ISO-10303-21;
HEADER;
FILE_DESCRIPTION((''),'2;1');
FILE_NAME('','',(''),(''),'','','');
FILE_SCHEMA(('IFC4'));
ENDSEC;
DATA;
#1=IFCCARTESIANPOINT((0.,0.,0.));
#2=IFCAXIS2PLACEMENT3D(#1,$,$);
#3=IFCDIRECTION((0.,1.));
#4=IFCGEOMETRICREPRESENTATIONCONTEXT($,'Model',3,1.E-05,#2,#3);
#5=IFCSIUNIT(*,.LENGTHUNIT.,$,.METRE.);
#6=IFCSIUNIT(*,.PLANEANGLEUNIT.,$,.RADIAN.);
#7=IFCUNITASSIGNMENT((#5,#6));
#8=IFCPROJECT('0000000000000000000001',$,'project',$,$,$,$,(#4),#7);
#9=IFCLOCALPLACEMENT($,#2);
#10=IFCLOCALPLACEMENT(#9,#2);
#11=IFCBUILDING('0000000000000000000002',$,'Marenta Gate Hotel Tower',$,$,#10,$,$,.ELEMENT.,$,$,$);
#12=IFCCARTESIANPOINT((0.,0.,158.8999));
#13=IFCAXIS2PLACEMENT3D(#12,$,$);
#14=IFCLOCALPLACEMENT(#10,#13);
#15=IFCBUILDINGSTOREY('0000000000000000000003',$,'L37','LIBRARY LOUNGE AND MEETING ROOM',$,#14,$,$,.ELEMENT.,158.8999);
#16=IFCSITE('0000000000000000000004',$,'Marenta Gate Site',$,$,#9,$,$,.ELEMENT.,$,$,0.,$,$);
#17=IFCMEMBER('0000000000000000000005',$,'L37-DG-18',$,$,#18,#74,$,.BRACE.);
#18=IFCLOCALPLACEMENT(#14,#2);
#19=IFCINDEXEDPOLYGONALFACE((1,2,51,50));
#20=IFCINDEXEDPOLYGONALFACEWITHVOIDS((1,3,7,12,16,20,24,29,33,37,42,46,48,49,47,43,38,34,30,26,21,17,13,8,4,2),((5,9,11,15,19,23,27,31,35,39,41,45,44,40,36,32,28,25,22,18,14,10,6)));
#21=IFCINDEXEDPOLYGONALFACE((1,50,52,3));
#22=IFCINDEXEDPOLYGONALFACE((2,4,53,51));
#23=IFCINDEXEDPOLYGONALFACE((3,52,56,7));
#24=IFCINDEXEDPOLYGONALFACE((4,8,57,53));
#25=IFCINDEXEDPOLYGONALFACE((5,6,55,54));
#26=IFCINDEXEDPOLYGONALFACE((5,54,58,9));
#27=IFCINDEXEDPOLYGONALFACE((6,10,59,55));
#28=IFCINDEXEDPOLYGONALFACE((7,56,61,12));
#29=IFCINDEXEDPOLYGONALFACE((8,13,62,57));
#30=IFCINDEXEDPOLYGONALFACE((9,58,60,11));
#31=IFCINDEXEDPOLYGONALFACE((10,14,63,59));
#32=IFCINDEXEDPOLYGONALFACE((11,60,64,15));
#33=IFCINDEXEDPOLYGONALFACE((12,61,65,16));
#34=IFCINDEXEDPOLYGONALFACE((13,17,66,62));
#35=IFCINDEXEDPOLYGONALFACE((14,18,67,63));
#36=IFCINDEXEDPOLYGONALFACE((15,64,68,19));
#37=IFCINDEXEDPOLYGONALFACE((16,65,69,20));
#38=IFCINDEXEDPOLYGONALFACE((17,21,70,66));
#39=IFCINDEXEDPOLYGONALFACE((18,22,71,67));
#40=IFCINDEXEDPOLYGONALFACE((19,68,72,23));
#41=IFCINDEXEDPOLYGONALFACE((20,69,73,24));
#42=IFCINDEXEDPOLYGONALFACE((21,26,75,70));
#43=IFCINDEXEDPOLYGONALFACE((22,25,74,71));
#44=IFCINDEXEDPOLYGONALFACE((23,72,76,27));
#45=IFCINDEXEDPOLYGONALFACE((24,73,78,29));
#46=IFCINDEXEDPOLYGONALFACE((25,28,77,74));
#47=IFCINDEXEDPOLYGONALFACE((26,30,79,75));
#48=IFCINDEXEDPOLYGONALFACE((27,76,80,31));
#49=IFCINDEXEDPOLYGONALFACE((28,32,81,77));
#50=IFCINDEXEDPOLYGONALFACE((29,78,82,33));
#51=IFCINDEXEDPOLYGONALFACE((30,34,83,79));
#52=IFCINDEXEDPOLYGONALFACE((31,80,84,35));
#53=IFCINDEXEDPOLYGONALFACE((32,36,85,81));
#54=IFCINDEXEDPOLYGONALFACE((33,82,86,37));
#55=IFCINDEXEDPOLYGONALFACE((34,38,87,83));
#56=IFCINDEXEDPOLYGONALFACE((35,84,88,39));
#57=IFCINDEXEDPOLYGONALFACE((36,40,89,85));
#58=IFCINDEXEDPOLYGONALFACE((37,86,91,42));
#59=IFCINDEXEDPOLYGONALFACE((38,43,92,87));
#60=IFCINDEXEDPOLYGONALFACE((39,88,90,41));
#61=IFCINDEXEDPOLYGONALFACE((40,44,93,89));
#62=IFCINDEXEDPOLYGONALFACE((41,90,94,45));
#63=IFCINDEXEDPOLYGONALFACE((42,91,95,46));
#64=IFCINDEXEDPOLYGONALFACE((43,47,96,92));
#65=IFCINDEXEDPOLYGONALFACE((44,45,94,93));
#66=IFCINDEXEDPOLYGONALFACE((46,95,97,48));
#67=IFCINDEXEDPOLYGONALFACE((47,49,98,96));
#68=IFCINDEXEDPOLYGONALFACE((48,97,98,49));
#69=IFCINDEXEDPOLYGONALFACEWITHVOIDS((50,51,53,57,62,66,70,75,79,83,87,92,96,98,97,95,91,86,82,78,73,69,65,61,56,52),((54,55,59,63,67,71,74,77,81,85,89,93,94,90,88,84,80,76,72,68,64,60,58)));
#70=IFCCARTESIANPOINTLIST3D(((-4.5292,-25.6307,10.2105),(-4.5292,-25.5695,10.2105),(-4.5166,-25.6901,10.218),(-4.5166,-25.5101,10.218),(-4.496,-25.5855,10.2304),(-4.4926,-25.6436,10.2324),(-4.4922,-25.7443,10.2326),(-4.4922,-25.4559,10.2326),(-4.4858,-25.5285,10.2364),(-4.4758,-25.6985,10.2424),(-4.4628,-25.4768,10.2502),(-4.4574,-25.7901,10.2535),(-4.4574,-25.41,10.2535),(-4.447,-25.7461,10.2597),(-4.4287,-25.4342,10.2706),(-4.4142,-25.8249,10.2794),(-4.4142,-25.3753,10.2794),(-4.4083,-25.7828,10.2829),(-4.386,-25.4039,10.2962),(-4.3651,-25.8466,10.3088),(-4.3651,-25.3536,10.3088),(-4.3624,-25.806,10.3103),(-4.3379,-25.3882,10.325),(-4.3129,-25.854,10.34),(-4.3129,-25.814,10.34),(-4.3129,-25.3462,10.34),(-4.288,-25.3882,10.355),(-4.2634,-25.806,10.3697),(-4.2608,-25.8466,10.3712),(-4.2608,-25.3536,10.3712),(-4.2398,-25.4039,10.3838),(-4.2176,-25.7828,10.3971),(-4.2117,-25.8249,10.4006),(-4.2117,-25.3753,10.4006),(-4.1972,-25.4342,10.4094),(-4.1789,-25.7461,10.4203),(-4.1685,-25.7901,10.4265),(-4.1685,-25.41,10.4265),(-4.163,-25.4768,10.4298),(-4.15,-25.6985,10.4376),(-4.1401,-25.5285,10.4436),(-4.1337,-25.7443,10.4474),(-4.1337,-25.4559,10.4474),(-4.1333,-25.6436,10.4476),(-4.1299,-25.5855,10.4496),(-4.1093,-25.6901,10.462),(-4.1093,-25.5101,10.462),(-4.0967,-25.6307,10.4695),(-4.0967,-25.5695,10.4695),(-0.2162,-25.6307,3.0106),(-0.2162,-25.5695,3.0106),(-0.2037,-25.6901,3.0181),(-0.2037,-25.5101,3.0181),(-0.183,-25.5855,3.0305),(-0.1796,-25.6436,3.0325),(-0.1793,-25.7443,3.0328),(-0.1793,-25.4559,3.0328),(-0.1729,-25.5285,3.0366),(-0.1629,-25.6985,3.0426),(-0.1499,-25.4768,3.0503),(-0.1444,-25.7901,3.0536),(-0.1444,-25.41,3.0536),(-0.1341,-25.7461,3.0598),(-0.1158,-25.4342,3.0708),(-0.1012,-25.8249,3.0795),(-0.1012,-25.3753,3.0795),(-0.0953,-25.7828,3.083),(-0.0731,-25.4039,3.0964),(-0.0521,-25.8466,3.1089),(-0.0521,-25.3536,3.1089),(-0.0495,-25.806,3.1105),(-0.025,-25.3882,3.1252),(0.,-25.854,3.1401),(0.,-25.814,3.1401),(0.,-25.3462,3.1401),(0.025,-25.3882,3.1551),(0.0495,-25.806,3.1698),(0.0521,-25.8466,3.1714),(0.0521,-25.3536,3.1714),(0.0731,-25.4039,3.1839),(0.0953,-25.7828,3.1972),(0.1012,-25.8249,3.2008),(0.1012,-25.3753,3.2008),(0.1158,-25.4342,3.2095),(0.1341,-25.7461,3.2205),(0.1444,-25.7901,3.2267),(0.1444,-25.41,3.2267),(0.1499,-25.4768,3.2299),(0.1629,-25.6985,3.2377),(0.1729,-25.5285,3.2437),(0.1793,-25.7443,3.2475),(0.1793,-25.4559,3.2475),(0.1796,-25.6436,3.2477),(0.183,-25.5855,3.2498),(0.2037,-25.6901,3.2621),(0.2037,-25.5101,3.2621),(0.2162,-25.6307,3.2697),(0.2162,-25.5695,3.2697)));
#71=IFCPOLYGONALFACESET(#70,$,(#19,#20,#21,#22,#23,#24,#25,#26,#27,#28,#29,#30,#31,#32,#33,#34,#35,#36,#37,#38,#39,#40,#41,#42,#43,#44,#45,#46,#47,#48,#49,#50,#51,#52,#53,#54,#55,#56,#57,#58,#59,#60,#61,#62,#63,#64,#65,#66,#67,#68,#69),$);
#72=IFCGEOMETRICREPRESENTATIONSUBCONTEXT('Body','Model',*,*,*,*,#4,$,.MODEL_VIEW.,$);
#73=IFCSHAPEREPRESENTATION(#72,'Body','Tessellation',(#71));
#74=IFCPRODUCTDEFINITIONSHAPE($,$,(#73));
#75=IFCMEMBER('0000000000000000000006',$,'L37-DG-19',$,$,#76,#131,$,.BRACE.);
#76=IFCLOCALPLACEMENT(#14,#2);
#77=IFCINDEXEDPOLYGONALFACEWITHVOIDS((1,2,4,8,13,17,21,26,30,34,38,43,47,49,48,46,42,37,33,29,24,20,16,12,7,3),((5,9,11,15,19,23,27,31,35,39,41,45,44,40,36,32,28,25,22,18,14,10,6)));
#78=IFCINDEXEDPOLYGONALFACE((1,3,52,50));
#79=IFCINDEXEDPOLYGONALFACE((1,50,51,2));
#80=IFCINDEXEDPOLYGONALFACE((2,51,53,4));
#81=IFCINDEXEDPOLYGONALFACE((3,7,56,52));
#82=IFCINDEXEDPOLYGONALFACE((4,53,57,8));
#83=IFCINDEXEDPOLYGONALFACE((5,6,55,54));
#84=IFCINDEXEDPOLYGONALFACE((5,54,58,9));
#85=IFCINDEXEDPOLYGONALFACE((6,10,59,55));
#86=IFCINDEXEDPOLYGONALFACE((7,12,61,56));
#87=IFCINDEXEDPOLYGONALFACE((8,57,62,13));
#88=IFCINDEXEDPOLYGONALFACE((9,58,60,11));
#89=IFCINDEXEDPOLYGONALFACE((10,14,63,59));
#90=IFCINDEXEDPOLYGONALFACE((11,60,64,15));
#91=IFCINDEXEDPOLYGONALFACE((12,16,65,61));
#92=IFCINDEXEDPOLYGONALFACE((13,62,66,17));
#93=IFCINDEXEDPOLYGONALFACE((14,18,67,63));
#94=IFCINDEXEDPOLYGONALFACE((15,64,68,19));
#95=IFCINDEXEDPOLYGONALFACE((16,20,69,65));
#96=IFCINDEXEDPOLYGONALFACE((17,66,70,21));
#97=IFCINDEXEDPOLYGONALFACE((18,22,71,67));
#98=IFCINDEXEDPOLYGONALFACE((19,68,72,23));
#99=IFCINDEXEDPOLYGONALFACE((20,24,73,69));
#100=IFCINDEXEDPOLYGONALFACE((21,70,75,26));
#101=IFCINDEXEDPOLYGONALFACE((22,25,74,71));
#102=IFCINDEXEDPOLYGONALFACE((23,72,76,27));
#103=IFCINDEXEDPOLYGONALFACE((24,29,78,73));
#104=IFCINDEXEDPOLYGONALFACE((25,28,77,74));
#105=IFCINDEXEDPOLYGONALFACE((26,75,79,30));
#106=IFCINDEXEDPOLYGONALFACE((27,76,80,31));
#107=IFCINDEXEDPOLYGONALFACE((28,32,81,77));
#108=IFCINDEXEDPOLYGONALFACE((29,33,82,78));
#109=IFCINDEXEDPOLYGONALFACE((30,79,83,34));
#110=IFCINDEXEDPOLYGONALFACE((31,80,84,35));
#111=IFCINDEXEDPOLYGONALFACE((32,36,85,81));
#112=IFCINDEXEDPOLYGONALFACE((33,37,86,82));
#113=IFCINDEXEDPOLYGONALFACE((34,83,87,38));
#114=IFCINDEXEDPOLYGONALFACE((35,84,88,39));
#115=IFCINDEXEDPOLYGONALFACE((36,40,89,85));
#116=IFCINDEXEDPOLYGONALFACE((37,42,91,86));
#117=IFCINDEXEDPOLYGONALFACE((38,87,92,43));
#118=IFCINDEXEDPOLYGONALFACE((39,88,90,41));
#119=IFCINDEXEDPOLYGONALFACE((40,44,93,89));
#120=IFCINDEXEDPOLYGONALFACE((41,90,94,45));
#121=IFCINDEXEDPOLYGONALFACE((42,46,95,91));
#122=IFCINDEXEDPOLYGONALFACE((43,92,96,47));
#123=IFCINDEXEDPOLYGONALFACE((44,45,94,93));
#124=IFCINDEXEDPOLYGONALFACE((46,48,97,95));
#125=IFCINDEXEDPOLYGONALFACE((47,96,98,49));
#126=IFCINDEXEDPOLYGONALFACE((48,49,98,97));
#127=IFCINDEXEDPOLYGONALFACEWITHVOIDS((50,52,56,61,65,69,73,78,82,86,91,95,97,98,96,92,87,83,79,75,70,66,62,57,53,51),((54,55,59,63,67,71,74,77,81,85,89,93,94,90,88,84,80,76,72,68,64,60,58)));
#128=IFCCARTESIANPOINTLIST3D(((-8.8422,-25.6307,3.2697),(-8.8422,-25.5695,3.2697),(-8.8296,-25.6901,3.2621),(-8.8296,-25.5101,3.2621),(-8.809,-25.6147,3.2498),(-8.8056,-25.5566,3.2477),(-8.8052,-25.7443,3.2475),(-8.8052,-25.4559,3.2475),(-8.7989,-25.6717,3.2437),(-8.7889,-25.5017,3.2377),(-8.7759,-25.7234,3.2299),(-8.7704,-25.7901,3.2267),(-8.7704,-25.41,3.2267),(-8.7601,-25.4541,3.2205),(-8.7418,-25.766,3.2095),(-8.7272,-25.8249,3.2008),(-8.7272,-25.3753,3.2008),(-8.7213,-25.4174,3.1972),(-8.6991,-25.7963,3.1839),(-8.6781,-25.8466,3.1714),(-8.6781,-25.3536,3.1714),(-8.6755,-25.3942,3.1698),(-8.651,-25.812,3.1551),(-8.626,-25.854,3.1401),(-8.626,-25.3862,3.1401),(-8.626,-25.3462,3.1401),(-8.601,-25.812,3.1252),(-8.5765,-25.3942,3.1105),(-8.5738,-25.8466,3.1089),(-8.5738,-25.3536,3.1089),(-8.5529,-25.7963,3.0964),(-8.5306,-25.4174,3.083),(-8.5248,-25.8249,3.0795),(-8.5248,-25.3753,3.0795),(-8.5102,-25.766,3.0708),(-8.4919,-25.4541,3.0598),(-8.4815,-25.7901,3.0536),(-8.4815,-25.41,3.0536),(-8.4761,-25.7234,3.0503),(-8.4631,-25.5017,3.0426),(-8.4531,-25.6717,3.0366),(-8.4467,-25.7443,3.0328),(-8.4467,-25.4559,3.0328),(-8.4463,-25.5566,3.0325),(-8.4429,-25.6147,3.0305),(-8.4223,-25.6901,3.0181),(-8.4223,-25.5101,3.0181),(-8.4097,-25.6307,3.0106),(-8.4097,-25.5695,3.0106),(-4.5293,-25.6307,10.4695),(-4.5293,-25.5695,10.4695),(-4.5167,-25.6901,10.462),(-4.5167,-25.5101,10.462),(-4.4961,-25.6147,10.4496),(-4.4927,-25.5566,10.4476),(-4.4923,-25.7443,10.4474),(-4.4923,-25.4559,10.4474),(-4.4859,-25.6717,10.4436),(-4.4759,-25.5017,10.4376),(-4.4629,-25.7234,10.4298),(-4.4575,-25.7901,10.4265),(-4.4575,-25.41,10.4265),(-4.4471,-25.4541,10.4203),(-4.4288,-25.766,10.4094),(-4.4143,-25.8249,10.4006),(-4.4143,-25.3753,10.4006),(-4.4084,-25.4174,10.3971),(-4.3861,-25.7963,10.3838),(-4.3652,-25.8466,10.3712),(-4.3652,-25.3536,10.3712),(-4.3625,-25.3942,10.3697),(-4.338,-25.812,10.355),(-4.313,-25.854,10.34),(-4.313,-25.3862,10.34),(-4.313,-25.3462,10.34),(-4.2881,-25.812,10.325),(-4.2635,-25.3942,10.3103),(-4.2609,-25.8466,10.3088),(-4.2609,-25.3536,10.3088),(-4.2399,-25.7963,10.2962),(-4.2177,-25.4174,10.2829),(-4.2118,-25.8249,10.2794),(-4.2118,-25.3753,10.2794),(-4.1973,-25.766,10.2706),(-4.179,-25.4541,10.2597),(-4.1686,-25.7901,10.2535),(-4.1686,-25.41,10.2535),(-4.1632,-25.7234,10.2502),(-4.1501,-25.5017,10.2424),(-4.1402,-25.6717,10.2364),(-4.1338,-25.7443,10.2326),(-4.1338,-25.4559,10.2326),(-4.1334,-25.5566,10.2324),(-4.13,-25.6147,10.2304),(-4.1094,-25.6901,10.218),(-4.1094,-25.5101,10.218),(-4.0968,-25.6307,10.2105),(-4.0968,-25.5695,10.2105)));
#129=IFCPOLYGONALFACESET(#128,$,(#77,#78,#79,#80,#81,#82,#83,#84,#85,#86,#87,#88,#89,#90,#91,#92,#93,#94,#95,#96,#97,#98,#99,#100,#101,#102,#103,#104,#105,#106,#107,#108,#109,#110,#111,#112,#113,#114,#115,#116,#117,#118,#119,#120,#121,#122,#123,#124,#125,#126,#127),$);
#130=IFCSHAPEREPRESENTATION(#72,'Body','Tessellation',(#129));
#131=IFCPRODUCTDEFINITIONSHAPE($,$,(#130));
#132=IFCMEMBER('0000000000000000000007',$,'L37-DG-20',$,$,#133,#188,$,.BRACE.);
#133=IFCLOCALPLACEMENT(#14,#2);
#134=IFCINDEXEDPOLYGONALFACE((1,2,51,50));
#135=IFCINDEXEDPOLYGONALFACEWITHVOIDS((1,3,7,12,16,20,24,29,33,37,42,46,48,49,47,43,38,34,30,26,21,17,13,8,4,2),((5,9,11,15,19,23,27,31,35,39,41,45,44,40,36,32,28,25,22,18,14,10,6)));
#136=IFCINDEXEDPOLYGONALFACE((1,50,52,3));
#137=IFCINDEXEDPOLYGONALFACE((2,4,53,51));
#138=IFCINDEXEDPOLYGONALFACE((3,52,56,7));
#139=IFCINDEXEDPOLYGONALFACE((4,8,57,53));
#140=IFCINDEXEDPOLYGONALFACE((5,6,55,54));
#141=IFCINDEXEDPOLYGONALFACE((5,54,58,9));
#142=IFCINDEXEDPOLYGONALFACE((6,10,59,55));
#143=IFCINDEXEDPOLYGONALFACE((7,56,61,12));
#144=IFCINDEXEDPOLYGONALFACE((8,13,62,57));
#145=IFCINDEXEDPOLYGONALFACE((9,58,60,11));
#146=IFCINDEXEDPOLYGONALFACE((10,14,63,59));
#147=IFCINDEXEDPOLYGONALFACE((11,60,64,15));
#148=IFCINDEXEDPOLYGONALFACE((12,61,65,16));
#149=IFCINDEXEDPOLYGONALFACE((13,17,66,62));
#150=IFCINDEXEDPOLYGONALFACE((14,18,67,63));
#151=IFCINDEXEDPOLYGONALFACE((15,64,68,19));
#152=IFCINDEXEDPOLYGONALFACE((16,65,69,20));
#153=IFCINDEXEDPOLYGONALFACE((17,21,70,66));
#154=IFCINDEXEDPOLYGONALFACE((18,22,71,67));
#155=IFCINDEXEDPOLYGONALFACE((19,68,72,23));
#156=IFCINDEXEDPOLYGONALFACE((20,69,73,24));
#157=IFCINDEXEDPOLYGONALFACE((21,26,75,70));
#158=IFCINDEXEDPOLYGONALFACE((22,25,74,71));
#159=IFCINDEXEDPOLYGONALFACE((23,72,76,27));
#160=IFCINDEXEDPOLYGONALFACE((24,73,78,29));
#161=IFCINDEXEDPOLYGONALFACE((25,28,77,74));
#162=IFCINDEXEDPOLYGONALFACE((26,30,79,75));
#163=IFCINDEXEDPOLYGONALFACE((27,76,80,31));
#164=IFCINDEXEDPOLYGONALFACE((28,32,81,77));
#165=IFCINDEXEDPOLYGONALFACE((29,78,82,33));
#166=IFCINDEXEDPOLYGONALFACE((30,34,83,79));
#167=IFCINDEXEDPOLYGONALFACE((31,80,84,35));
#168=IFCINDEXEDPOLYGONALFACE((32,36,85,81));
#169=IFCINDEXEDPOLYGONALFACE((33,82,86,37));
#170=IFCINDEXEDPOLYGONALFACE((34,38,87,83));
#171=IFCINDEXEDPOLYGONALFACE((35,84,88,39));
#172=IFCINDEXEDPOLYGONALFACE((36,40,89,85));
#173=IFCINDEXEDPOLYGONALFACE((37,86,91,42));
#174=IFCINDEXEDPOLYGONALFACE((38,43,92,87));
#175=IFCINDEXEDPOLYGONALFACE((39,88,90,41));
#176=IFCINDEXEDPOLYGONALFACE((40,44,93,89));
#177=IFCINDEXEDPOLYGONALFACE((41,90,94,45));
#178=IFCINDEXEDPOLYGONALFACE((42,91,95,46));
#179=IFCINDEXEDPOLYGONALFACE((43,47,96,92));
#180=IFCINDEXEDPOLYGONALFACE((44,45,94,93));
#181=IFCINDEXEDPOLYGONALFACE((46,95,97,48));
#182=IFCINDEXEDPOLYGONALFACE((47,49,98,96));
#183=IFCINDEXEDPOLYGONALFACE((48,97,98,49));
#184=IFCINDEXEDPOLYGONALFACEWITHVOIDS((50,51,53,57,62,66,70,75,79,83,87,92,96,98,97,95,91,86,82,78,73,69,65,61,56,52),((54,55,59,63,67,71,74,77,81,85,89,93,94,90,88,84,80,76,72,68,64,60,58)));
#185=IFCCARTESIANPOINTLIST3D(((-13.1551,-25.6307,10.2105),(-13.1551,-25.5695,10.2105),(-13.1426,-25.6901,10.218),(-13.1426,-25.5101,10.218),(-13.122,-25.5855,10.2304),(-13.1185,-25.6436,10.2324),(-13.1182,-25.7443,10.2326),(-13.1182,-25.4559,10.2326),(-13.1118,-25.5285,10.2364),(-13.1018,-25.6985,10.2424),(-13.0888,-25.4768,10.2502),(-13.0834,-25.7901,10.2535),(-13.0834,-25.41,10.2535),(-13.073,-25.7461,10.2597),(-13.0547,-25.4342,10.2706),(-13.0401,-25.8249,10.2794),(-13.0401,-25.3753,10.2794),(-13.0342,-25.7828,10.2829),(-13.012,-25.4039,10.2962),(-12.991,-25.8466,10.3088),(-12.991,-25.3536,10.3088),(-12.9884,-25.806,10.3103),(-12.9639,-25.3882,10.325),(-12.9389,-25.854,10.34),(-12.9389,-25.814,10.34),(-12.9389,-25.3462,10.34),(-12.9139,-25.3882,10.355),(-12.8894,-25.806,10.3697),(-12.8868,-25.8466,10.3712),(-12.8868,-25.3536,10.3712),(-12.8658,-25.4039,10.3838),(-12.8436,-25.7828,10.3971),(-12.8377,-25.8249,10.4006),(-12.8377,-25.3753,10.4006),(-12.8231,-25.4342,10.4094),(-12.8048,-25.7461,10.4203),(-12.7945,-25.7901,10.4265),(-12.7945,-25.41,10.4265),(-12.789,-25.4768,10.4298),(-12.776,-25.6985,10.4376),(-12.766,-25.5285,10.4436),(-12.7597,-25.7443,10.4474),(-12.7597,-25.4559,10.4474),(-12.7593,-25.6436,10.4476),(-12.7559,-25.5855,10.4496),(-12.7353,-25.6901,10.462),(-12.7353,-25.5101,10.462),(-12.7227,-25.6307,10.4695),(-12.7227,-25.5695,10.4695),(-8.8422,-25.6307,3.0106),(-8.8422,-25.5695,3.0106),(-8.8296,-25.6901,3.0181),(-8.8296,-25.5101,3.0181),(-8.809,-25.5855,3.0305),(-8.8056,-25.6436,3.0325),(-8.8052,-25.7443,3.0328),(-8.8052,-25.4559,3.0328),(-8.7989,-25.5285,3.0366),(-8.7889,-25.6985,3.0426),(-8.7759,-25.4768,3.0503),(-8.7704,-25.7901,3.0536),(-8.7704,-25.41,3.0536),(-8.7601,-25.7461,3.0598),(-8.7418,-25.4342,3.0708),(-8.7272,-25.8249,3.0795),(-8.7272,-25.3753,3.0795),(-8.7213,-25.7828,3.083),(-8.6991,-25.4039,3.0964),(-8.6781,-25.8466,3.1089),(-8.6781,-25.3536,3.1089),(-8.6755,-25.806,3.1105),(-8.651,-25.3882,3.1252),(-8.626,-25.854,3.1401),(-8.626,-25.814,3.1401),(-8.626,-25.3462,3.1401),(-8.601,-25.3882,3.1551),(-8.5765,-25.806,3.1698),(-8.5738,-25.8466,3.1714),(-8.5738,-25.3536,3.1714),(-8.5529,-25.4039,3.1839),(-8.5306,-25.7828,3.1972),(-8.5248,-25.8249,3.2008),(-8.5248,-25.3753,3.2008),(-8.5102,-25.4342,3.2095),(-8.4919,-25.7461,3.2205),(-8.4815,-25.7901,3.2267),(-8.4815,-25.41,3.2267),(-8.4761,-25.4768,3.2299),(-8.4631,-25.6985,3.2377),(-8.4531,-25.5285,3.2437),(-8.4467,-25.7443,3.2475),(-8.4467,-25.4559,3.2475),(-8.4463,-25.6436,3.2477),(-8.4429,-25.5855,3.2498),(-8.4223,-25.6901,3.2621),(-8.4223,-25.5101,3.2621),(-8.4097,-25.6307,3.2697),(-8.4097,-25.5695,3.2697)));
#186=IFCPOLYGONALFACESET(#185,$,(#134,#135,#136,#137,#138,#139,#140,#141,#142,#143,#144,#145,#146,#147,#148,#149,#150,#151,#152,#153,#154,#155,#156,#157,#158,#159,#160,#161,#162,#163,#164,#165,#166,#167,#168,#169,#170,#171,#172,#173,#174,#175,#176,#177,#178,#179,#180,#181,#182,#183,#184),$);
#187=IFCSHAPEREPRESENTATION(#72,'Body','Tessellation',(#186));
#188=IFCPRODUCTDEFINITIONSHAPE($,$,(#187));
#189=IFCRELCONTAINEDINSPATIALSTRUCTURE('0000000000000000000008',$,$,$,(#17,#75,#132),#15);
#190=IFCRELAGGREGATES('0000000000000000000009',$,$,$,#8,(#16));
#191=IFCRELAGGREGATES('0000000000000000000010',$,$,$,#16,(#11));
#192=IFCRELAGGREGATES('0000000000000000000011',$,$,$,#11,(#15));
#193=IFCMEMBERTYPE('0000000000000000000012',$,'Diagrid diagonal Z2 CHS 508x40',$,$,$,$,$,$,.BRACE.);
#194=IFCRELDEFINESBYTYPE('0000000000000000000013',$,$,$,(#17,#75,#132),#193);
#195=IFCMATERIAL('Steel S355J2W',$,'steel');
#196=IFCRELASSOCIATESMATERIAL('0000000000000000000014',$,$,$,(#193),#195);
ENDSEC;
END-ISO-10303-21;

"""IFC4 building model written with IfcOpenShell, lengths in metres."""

from ifc_helpers import new_model, si_unit, direction, frame, origin, origin_2d, place, context, subcontext, project, spatial, hollow_circle, extrude, material, material_profile, profile_set, type_object, element, save


model = new_model("IFC4")

# Units and contexts
model_context = context("Model", 3, precision=1e-05, world=origin(), true_north=direction((0.0, 1.0)))
body_context = subcontext(model_context, "Body", "Model", "MODEL_VIEW")
ifc_project = project(units=[si_unit("LENGTHUNIT", "METRE"), si_unit("PLANEANGLEUNIT", "RADIAN")], contexts=[model_context])

# Site, building, storey
site_placement = place(None, origin())
site = spatial("IfcSite", under=ifc_project, at=site_placement, Name="Marenta Gate Site", CompositionType="ELEMENT", RefElevation=0.0)
building_placement = place(site_placement, origin())
building = spatial("IfcBuilding", under=site, at=building_placement, Name="Marenta Gate Hotel Tower", CompositionType="ELEMENT")
storey_placement = place(building_placement, frame((0.0, 0.0, 158.8999)))
storey = spatial("IfcBuildingStorey", under=building, at=storey_placement, Name="L37", Description="LIBRARY LOUNGE AND MEETING ROOM", CompositionType="ELEMENT", Elevation=158.8999)

# Members
ifc_material_1 = material(Name="Steel S355J2W", Category="steel")
ifc_material_profile_1 = material_profile(ifc_material_1, hollow_circle(Radius=0.2539, WallThickness=0.04, at=origin_2d()), Name="CHS 508x40")
ifc_profile_set_1 = profile_set([ifc_material_profile_1], Name="Steel S355J2W")
member_type_1 = type_object("IfcMemberType", Name="Diagrid diagonal Z2 CHS 508x40", PredefinedType="BRACE", material=ifc_profile_set_1)
for number, where, z_axis, x_axis, name in (
    (1, (0.0, -25.6001, 3.1401), (-0.513884, 0.0, 0.85786), (0.0, -1.0, 0.0), "L37-DG-18"),
    (2, (-8.626, -25.6001, 3.1401), (0.513884, 0.0, 0.85786), (0.0, 1.0, 0.0), "L37-DG-19"),
    (3, (-8.626, -25.6001, 3.1401), (-0.513884, 0.0, 0.85786), (0.0, -1.0, 0.0), "L37-DG-20"),
):
    element("IfcMember", number, at=place(storey_placement, frame(where, z_axis=z_axis, x_axis=x_axis)), inside=storey, type_object=member_type_1, Name=name, PredefinedType="BRACE", context=body_context, shape_type="SweptSolid", body=[
        extrude(hollow_circle(Radius=0.2539, WallThickness=0.04, at=origin_2d()), origin(), (0.0, 0.0, 1.0), 8.3928),
    ])

save(model, "model.ifc")
